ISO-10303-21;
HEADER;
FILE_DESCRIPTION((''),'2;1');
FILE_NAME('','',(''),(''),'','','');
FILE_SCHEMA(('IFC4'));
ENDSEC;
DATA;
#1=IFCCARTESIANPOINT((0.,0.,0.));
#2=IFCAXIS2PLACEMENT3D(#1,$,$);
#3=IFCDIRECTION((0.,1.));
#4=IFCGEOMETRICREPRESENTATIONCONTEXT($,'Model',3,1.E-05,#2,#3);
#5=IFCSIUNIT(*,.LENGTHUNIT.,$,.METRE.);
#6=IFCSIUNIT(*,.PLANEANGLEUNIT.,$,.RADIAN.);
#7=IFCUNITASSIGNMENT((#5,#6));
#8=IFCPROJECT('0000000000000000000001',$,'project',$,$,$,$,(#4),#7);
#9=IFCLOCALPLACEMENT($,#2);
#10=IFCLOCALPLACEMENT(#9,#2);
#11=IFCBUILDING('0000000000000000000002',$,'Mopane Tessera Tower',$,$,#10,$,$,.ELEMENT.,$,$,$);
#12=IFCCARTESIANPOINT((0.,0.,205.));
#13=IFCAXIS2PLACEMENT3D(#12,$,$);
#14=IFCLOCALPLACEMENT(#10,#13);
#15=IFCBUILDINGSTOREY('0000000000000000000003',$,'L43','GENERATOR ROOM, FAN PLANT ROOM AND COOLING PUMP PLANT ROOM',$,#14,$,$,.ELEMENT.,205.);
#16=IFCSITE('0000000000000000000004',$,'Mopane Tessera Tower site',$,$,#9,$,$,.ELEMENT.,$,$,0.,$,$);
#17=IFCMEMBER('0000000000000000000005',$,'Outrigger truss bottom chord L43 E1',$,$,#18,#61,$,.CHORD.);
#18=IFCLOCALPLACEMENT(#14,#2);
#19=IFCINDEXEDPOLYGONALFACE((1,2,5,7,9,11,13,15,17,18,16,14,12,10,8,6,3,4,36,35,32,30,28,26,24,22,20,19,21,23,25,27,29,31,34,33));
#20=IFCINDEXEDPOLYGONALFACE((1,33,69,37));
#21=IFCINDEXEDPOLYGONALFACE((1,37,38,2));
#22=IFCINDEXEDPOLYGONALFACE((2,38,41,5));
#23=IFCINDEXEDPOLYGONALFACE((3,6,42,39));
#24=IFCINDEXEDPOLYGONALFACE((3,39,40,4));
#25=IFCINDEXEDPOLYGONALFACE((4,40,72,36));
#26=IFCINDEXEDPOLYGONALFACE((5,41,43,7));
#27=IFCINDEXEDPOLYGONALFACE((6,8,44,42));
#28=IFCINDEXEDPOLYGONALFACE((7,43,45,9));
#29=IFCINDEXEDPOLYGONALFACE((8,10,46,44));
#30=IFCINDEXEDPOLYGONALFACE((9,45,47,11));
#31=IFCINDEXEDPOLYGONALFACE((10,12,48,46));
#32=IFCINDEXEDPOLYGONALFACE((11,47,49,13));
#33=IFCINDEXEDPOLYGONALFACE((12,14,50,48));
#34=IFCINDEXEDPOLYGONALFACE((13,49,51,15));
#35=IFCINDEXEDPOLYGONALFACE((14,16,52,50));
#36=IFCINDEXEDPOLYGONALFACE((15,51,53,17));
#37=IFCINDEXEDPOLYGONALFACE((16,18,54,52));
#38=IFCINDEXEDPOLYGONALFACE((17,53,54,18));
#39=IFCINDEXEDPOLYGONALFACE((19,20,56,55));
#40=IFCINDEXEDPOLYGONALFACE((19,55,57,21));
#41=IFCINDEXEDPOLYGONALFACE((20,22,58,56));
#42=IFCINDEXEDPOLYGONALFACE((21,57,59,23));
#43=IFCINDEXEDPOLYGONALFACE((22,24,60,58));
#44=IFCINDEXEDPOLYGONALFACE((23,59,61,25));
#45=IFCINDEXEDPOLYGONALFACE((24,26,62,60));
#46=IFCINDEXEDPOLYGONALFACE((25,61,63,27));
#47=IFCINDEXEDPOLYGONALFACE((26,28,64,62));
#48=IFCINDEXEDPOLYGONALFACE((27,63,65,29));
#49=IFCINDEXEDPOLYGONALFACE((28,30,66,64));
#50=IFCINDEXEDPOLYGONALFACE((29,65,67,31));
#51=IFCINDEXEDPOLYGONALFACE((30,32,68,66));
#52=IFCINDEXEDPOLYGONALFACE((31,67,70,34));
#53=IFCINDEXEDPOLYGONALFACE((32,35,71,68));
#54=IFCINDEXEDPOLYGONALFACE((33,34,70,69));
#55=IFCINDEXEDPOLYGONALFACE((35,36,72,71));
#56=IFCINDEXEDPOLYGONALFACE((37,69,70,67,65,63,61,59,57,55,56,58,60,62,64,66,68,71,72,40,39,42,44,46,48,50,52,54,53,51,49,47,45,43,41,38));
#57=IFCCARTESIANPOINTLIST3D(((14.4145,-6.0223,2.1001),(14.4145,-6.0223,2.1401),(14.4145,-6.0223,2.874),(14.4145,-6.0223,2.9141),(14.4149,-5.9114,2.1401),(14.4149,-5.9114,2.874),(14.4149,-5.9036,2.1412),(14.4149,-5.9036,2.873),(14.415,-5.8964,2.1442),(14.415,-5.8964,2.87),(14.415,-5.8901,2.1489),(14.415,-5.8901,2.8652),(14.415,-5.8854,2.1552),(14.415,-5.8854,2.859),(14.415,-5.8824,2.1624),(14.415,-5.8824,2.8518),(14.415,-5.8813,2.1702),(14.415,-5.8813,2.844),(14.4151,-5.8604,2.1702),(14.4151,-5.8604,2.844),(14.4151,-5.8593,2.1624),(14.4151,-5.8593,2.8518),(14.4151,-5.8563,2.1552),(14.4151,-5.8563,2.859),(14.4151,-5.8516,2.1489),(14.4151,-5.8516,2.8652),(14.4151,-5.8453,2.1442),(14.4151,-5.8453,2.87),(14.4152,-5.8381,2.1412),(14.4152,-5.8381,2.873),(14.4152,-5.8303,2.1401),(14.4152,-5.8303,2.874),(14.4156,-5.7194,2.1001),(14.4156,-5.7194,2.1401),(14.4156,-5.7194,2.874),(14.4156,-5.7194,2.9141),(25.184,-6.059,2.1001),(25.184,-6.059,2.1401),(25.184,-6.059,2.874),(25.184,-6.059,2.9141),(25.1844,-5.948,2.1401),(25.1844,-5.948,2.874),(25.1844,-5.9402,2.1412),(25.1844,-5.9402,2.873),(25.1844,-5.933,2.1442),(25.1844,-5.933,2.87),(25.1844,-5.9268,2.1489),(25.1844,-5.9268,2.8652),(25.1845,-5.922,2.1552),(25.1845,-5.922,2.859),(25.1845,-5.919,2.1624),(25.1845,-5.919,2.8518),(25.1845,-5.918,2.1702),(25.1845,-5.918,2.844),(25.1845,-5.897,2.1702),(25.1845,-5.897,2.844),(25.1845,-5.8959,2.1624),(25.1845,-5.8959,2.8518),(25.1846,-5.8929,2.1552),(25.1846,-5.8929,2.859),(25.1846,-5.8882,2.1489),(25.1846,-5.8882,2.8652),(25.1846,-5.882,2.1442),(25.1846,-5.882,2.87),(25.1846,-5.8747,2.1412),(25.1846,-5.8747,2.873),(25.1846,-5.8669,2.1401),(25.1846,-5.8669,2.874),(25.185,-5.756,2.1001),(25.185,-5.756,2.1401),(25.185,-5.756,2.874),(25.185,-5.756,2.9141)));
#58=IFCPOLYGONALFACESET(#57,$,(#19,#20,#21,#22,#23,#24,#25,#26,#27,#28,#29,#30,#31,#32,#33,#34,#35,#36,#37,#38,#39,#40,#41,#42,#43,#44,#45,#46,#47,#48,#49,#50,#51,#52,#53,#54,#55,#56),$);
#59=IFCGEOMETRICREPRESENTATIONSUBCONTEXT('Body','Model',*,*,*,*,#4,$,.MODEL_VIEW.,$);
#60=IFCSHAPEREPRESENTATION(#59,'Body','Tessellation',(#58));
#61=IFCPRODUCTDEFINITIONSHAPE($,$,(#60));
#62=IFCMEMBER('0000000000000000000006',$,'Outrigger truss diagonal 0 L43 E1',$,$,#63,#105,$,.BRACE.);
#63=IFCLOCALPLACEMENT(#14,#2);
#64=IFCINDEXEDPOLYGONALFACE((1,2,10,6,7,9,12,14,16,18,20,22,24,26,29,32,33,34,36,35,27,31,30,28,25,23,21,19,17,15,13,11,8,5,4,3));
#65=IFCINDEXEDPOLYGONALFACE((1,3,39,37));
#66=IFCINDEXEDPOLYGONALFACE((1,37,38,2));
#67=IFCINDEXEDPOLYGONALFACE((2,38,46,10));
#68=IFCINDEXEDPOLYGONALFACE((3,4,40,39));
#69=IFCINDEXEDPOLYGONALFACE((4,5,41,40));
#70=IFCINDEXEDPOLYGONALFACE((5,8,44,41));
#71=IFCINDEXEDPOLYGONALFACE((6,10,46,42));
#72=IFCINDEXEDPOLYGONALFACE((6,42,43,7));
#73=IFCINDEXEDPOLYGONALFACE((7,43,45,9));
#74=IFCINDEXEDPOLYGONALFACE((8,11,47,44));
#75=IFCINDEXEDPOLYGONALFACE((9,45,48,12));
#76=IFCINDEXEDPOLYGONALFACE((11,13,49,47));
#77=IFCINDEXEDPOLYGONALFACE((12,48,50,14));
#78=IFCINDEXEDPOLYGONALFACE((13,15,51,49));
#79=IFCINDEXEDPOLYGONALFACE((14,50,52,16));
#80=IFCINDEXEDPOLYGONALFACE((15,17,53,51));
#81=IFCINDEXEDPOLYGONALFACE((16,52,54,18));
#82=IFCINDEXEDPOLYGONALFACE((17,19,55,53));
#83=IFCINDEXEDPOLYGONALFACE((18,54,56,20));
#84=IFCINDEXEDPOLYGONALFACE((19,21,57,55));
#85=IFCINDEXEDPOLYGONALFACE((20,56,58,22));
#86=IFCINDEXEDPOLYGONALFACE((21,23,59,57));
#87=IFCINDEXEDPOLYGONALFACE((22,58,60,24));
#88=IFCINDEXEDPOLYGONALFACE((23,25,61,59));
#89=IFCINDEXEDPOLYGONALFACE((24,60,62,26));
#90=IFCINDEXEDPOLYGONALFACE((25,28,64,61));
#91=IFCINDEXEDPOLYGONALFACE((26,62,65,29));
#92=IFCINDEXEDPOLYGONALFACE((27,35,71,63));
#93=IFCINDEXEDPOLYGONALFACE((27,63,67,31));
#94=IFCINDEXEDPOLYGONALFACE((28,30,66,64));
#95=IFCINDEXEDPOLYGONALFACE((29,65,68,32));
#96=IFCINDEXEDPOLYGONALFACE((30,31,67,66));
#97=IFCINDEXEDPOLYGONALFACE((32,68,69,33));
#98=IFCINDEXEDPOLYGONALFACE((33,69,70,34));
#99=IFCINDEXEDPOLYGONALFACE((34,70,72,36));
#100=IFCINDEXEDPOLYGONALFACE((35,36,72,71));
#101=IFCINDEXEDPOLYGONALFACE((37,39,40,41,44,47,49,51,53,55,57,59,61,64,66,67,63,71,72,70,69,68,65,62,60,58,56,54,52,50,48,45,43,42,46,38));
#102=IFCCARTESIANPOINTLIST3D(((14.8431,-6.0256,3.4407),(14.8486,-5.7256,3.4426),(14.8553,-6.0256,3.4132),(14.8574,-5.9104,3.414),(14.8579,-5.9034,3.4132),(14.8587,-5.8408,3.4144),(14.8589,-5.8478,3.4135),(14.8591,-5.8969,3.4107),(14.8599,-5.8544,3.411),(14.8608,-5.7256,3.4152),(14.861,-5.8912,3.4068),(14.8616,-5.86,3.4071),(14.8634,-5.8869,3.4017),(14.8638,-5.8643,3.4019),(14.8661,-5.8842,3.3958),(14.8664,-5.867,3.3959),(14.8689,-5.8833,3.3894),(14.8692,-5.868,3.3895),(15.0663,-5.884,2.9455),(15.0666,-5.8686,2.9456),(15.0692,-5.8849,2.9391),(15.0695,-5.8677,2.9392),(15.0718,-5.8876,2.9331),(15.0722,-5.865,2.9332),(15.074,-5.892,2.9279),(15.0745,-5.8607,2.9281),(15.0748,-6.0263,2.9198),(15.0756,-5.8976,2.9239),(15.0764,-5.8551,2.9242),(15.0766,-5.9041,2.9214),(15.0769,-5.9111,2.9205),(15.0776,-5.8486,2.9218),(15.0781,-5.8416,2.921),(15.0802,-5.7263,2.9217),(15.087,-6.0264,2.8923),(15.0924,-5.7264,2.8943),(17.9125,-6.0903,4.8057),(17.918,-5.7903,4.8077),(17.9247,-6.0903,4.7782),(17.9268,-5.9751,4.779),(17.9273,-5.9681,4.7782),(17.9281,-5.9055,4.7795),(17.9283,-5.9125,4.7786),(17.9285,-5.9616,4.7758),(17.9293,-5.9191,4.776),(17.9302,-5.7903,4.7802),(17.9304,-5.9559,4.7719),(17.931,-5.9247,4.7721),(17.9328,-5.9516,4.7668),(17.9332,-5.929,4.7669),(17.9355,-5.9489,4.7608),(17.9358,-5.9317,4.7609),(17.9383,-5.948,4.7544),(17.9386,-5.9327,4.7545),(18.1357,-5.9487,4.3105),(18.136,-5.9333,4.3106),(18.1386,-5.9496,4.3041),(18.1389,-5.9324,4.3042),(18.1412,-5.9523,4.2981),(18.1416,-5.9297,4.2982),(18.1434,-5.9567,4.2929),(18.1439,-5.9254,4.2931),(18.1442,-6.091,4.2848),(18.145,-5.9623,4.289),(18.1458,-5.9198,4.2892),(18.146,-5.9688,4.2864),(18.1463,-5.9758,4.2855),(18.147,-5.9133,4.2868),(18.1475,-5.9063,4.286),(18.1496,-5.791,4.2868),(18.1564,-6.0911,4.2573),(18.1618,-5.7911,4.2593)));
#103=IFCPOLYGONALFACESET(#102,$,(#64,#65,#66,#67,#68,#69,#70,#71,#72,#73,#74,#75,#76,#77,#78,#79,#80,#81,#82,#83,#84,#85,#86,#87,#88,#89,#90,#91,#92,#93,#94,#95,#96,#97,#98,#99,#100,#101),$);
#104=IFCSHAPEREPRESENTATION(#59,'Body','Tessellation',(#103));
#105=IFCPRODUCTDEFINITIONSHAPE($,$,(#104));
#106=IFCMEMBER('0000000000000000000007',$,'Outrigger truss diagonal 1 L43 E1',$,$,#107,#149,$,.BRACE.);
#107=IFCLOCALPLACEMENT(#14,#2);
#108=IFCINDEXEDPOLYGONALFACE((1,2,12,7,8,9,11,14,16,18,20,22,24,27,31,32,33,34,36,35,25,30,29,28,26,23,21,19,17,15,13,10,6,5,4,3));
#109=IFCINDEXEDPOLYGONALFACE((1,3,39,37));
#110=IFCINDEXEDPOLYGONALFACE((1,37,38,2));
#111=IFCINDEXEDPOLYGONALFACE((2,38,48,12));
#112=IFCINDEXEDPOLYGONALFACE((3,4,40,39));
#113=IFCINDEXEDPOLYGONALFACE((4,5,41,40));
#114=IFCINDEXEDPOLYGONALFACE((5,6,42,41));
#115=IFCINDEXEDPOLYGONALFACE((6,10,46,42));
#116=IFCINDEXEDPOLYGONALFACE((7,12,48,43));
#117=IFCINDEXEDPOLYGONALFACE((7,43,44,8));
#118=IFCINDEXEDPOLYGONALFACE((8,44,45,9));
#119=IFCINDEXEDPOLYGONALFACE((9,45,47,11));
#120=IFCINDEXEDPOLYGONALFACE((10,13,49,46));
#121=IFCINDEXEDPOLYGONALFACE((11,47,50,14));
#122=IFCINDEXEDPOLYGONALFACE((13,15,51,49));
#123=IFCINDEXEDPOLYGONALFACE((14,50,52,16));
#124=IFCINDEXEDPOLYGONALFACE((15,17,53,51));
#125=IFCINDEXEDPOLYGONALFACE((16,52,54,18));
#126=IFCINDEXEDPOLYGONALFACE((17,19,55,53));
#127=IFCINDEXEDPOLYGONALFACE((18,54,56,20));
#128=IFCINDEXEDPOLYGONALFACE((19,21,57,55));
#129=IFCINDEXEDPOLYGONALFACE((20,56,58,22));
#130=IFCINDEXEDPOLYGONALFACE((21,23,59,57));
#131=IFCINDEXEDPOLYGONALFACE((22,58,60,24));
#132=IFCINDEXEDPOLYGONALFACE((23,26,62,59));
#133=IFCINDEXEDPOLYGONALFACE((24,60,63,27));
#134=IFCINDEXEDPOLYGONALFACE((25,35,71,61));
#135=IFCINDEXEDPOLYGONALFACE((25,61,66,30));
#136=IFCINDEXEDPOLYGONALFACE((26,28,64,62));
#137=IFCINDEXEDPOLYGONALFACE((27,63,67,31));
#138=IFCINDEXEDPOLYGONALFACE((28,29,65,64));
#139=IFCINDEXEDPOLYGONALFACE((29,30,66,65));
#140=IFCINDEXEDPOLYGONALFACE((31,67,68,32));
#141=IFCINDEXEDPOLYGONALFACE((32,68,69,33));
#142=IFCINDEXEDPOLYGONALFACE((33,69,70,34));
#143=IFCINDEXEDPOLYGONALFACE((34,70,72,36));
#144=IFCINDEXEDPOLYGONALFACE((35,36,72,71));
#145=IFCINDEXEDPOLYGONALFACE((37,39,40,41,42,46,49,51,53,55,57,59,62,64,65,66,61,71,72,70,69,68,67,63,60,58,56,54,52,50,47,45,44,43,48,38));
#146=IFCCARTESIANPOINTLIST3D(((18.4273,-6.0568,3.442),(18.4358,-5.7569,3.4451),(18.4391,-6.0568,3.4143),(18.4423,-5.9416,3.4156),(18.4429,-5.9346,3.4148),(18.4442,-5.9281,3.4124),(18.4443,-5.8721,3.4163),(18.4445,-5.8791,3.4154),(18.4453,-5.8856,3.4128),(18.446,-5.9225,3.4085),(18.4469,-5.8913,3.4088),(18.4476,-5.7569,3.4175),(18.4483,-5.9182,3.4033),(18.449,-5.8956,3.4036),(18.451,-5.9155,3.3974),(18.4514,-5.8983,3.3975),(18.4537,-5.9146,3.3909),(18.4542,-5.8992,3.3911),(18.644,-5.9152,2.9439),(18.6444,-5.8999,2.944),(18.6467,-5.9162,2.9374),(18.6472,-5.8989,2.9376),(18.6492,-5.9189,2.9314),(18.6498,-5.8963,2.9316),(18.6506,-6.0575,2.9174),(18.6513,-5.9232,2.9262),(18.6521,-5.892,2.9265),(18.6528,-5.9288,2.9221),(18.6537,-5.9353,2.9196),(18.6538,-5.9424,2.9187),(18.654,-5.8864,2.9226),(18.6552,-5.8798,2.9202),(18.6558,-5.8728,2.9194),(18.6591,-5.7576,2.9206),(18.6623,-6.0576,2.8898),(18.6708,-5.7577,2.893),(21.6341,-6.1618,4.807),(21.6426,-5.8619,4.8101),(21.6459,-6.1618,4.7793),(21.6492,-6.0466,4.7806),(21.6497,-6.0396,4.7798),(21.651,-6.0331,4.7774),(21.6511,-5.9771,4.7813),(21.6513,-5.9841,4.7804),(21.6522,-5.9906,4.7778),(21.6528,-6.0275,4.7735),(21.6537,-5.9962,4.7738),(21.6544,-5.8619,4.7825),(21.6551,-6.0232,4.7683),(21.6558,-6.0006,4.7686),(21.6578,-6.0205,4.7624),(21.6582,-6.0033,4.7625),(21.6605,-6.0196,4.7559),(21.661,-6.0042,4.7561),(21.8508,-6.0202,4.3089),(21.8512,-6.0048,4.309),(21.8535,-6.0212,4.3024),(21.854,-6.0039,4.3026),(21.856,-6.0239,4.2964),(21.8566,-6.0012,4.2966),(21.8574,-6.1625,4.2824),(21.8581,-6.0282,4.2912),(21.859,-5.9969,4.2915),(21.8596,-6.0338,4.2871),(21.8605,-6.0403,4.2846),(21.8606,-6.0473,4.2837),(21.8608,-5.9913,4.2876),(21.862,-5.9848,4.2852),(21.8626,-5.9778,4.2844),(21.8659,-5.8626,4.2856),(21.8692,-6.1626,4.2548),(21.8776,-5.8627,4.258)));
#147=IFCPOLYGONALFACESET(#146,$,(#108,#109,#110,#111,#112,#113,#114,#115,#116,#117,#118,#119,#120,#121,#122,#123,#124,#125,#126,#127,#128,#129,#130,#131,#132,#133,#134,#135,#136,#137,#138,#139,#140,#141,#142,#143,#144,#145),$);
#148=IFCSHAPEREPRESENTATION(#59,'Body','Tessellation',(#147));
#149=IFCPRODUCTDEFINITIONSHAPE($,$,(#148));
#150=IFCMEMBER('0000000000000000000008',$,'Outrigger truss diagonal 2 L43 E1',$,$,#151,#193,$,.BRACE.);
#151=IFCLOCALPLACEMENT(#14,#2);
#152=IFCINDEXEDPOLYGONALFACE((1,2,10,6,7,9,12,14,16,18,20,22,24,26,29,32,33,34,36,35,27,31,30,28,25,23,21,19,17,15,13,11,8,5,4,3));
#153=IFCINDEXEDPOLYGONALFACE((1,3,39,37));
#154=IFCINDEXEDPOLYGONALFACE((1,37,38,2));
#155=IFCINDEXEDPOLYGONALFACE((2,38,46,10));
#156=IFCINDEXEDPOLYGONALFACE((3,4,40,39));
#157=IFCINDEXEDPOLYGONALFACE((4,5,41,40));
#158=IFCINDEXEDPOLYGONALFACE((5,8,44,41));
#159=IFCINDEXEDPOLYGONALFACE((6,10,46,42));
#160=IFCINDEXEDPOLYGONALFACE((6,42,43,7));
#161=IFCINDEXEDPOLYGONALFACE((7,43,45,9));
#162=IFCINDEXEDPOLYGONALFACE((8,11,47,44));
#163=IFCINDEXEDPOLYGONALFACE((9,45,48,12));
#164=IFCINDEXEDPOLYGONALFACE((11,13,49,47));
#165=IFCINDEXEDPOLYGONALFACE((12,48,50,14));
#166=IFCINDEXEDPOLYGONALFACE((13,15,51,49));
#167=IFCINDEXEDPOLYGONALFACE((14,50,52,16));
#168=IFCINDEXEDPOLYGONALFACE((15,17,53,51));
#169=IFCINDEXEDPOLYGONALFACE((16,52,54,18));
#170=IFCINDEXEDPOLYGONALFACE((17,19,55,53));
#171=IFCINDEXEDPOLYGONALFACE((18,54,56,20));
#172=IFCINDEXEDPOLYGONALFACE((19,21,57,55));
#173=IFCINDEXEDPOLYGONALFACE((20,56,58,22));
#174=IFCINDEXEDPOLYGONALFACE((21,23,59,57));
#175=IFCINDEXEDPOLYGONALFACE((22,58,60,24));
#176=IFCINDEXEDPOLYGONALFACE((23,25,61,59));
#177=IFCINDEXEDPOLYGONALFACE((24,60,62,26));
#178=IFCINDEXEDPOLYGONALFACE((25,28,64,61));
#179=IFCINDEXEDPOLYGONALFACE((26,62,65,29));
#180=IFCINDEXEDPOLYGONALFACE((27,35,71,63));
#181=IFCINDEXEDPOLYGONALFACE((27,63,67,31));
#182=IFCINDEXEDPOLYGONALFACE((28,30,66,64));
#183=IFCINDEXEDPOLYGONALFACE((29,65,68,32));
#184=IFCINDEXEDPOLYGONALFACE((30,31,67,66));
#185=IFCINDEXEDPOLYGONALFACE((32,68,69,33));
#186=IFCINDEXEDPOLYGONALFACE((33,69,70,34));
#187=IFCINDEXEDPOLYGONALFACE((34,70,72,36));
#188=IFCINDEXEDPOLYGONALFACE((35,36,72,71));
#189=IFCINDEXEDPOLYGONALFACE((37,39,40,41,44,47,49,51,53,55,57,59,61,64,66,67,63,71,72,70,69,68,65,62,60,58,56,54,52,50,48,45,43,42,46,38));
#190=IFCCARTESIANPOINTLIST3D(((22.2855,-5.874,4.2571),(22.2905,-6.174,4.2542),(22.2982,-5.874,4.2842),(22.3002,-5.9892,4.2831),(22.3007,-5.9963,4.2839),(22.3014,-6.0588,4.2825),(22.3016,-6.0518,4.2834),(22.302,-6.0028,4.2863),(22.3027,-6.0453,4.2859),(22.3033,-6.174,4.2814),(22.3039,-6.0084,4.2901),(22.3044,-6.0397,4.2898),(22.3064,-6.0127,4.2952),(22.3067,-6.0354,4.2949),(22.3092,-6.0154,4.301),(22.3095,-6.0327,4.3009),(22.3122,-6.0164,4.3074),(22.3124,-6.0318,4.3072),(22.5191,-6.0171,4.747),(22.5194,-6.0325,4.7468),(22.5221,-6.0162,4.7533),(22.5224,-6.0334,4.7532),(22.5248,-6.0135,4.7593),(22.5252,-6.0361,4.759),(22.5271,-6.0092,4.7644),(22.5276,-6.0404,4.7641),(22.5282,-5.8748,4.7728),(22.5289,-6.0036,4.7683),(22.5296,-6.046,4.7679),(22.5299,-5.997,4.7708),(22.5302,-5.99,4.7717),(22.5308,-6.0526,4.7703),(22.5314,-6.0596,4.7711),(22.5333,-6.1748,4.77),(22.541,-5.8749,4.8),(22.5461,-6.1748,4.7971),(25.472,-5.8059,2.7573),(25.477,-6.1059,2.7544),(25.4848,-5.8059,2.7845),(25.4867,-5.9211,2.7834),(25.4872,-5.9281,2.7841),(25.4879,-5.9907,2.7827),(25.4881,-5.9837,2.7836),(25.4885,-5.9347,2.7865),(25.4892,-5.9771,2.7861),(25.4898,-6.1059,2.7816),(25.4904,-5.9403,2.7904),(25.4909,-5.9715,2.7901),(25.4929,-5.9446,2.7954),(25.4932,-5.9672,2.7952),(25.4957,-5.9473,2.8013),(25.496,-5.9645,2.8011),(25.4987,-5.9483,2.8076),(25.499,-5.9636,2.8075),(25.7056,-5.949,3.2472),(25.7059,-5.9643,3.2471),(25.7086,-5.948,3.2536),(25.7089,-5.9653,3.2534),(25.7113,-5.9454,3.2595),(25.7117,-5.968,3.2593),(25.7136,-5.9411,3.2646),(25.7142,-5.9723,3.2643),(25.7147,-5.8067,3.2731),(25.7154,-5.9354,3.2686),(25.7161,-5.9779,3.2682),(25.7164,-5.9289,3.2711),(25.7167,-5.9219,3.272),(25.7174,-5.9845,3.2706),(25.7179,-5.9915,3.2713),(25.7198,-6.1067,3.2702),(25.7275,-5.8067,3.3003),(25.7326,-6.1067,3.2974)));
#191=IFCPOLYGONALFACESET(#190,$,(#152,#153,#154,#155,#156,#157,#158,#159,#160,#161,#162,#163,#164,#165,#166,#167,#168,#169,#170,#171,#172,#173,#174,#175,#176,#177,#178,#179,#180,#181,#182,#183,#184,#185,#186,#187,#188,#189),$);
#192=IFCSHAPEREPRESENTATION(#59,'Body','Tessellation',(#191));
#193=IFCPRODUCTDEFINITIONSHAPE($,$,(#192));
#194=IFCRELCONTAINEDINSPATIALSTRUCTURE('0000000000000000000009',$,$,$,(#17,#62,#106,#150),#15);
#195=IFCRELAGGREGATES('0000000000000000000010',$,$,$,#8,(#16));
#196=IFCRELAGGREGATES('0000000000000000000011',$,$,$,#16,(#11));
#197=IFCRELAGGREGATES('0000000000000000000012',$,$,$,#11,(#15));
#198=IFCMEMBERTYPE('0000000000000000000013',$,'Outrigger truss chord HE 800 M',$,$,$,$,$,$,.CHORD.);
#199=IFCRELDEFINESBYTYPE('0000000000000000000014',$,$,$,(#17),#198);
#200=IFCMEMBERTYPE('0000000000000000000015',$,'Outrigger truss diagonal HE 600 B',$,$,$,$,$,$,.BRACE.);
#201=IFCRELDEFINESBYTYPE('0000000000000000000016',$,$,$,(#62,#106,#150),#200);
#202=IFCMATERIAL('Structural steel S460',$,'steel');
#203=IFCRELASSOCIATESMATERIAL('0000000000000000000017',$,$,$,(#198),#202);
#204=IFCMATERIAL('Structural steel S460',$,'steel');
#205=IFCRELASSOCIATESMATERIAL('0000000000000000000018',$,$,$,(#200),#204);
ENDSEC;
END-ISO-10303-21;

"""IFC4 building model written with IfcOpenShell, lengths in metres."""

from ifc_helpers import new_model, si_unit, direction, frame, origin, origin_2d, place, context, subcontext, project, spatial, i_section, extrude, material, material_profile, profile_set, type_object, element, save


model = new_model("IFC4")

# Units and contexts
model_context = context("Model", 3, precision=1e-05, world=origin(), true_north=direction((0.0, 1.0)))
body_context = subcontext(model_context, "Body", "Model", "MODEL_VIEW")
ifc_project = project(units=[si_unit("LENGTHUNIT", "METRE"), si_unit("PLANEANGLEUNIT", "RADIAN")], contexts=[model_context])

# Site, building, storey
site_placement = place(None, origin())
site = spatial("IfcSite", under=ifc_project, at=site_placement, Name="Mopane Tessera Tower site", CompositionType="ELEMENT", RefElevation=0.0)
building_placement = place(site_placement, origin())
building = spatial("IfcBuilding", under=site, at=building_placement, Name="Mopane Tessera Tower", CompositionType="ELEMENT")
storey_placement = place(building_placement, frame((0.0, 0.0, 205.0)))
storey = spatial("IfcBuildingStorey", under=building, at=storey_placement, Name="L43", Description="GENERATOR ROOM, FAN PLANT ROOM AND COOLING PUMP PLANT ROOM", CompositionType="ELEMENT", Elevation=205.0)

# Members
ifc_material_1 = material(Name="Structural steel S460", Category="steel")
ifc_material_profile_1 = material_profile(ifc_material_1, i_section(OverallWidth=0.303, OverallDepth=0.814, WebThickness=0.021, FlangeThickness=0.04, FilletRadius=0.03, at=origin_2d()))
ifc_profile_set_1 = profile_set([ifc_material_profile_1], Name="Structural steel S460")
member_type_1 = type_object("IfcMemberType", Name="Outrigger truss chord HE 800 M", PredefinedType="CHORD", material=ifc_profile_set_1)
member_1_placement = place(storey_placement, frame((14.415, -5.8708, 2.5071), z_axis=(0.999994, -0.0034, 0.0), x_axis=(0.0034, 0.999994, 0.0)))
element("IfcMember", 1, at=member_1_placement, inside=storey, type_object=member_type_1, Name="Outrigger truss bottom chord L43 E1", PredefinedType="CHORD", context=body_context, shape_type="SweptSolid", body=[
    extrude(i_section(OverallWidth=0.303, OverallDepth=0.814, WebThickness=0.021, FlangeThickness=0.04, FilletRadius=0.03, at=origin_2d()), origin(), (0.0, 0.0, 1.0), 10.7695),
])
ifc_material_2 = material(Name="Structural steel S460", Category="steel")
ifc_material_profile_2 = material_profile(ifc_material_2, i_section(OverallWidth=0.3, OverallDepth=0.6001, WebThickness=0.0154, FlangeThickness=0.03, FilletRadius=0.0271, at=origin_2d()))
ifc_profile_set_2 = profile_set([ifc_material_profile_2], Name="Structural steel S460")
member_type_2 = type_object("IfcMemberType", Name="Outrigger truss diagonal HE 600 B", PredefinedType="BRACE", material=ifc_profile_set_2)
member_2_placement = place(storey_placement, frame((14.9678, -5.876, 3.1675), z_axis=(0.913549, -0.019256, 0.406272), x_axis=(0.018146, 0.999814, 0.006586)))
element("IfcMember", 2, at=member_2_placement, inside=storey, type_object=member_type_2, Name="Outrigger truss diagonal 0 L43 E1", PredefinedType="BRACE", context=body_context, shape_type="SweptSolid", body=[
    extrude(i_section(OverallWidth=0.3, OverallDepth=0.6001, WebThickness=0.0154, FlangeThickness=0.03, FilletRadius=0.0271, at=origin_2d()), origin(), (0.0, 0.0, 1.0), 3.3599),
])
member_3_placement = place(storey_placement, frame((18.5491, -5.9072, 3.1675), z_axis=(0.919696, -0.030108, 0.391475), x_axis=(0.028225, 0.999546, 0.010565)))
element("IfcMember", 3, at=member_3_placement, inside=storey, type_object=member_type_2, Name="Outrigger truss diagonal 1 L43 E1", PredefinedType="BRACE", context=body_context, shape_type="SweptSolid", body=[
    extrude(i_section(OverallWidth=0.3, OverallDepth=0.6001, WebThickness=0.0154, FlangeThickness=0.03, FilletRadius=0.0271, at=origin_2d()), origin(), (0.0, 0.0, 1.0), 3.4868),
])
member_4_placement = place(storey_placement, frame((22.4158, -6.0244, 4.5271), z_axis=(0.904626, 0.019337, -0.425767), x_axis=(-0.016879, 0.999812, 0.009546)))
element("IfcMember", 4, at=member_4_placement, inside=storey, type_object=member_type_2, Name="Outrigger truss diagonal 2 L43 E1", PredefinedType="BRACE", context=body_context, shape_type="SweptSolid", body=[
    extrude(i_section(OverallWidth=0.3, OverallDepth=0.6001, WebThickness=0.0154, FlangeThickness=0.03, FilletRadius=0.0271, at=origin_2d()), origin(), (0.0, 0.0, 1.0), 3.5225),
])

save(model, "model.ifc")
